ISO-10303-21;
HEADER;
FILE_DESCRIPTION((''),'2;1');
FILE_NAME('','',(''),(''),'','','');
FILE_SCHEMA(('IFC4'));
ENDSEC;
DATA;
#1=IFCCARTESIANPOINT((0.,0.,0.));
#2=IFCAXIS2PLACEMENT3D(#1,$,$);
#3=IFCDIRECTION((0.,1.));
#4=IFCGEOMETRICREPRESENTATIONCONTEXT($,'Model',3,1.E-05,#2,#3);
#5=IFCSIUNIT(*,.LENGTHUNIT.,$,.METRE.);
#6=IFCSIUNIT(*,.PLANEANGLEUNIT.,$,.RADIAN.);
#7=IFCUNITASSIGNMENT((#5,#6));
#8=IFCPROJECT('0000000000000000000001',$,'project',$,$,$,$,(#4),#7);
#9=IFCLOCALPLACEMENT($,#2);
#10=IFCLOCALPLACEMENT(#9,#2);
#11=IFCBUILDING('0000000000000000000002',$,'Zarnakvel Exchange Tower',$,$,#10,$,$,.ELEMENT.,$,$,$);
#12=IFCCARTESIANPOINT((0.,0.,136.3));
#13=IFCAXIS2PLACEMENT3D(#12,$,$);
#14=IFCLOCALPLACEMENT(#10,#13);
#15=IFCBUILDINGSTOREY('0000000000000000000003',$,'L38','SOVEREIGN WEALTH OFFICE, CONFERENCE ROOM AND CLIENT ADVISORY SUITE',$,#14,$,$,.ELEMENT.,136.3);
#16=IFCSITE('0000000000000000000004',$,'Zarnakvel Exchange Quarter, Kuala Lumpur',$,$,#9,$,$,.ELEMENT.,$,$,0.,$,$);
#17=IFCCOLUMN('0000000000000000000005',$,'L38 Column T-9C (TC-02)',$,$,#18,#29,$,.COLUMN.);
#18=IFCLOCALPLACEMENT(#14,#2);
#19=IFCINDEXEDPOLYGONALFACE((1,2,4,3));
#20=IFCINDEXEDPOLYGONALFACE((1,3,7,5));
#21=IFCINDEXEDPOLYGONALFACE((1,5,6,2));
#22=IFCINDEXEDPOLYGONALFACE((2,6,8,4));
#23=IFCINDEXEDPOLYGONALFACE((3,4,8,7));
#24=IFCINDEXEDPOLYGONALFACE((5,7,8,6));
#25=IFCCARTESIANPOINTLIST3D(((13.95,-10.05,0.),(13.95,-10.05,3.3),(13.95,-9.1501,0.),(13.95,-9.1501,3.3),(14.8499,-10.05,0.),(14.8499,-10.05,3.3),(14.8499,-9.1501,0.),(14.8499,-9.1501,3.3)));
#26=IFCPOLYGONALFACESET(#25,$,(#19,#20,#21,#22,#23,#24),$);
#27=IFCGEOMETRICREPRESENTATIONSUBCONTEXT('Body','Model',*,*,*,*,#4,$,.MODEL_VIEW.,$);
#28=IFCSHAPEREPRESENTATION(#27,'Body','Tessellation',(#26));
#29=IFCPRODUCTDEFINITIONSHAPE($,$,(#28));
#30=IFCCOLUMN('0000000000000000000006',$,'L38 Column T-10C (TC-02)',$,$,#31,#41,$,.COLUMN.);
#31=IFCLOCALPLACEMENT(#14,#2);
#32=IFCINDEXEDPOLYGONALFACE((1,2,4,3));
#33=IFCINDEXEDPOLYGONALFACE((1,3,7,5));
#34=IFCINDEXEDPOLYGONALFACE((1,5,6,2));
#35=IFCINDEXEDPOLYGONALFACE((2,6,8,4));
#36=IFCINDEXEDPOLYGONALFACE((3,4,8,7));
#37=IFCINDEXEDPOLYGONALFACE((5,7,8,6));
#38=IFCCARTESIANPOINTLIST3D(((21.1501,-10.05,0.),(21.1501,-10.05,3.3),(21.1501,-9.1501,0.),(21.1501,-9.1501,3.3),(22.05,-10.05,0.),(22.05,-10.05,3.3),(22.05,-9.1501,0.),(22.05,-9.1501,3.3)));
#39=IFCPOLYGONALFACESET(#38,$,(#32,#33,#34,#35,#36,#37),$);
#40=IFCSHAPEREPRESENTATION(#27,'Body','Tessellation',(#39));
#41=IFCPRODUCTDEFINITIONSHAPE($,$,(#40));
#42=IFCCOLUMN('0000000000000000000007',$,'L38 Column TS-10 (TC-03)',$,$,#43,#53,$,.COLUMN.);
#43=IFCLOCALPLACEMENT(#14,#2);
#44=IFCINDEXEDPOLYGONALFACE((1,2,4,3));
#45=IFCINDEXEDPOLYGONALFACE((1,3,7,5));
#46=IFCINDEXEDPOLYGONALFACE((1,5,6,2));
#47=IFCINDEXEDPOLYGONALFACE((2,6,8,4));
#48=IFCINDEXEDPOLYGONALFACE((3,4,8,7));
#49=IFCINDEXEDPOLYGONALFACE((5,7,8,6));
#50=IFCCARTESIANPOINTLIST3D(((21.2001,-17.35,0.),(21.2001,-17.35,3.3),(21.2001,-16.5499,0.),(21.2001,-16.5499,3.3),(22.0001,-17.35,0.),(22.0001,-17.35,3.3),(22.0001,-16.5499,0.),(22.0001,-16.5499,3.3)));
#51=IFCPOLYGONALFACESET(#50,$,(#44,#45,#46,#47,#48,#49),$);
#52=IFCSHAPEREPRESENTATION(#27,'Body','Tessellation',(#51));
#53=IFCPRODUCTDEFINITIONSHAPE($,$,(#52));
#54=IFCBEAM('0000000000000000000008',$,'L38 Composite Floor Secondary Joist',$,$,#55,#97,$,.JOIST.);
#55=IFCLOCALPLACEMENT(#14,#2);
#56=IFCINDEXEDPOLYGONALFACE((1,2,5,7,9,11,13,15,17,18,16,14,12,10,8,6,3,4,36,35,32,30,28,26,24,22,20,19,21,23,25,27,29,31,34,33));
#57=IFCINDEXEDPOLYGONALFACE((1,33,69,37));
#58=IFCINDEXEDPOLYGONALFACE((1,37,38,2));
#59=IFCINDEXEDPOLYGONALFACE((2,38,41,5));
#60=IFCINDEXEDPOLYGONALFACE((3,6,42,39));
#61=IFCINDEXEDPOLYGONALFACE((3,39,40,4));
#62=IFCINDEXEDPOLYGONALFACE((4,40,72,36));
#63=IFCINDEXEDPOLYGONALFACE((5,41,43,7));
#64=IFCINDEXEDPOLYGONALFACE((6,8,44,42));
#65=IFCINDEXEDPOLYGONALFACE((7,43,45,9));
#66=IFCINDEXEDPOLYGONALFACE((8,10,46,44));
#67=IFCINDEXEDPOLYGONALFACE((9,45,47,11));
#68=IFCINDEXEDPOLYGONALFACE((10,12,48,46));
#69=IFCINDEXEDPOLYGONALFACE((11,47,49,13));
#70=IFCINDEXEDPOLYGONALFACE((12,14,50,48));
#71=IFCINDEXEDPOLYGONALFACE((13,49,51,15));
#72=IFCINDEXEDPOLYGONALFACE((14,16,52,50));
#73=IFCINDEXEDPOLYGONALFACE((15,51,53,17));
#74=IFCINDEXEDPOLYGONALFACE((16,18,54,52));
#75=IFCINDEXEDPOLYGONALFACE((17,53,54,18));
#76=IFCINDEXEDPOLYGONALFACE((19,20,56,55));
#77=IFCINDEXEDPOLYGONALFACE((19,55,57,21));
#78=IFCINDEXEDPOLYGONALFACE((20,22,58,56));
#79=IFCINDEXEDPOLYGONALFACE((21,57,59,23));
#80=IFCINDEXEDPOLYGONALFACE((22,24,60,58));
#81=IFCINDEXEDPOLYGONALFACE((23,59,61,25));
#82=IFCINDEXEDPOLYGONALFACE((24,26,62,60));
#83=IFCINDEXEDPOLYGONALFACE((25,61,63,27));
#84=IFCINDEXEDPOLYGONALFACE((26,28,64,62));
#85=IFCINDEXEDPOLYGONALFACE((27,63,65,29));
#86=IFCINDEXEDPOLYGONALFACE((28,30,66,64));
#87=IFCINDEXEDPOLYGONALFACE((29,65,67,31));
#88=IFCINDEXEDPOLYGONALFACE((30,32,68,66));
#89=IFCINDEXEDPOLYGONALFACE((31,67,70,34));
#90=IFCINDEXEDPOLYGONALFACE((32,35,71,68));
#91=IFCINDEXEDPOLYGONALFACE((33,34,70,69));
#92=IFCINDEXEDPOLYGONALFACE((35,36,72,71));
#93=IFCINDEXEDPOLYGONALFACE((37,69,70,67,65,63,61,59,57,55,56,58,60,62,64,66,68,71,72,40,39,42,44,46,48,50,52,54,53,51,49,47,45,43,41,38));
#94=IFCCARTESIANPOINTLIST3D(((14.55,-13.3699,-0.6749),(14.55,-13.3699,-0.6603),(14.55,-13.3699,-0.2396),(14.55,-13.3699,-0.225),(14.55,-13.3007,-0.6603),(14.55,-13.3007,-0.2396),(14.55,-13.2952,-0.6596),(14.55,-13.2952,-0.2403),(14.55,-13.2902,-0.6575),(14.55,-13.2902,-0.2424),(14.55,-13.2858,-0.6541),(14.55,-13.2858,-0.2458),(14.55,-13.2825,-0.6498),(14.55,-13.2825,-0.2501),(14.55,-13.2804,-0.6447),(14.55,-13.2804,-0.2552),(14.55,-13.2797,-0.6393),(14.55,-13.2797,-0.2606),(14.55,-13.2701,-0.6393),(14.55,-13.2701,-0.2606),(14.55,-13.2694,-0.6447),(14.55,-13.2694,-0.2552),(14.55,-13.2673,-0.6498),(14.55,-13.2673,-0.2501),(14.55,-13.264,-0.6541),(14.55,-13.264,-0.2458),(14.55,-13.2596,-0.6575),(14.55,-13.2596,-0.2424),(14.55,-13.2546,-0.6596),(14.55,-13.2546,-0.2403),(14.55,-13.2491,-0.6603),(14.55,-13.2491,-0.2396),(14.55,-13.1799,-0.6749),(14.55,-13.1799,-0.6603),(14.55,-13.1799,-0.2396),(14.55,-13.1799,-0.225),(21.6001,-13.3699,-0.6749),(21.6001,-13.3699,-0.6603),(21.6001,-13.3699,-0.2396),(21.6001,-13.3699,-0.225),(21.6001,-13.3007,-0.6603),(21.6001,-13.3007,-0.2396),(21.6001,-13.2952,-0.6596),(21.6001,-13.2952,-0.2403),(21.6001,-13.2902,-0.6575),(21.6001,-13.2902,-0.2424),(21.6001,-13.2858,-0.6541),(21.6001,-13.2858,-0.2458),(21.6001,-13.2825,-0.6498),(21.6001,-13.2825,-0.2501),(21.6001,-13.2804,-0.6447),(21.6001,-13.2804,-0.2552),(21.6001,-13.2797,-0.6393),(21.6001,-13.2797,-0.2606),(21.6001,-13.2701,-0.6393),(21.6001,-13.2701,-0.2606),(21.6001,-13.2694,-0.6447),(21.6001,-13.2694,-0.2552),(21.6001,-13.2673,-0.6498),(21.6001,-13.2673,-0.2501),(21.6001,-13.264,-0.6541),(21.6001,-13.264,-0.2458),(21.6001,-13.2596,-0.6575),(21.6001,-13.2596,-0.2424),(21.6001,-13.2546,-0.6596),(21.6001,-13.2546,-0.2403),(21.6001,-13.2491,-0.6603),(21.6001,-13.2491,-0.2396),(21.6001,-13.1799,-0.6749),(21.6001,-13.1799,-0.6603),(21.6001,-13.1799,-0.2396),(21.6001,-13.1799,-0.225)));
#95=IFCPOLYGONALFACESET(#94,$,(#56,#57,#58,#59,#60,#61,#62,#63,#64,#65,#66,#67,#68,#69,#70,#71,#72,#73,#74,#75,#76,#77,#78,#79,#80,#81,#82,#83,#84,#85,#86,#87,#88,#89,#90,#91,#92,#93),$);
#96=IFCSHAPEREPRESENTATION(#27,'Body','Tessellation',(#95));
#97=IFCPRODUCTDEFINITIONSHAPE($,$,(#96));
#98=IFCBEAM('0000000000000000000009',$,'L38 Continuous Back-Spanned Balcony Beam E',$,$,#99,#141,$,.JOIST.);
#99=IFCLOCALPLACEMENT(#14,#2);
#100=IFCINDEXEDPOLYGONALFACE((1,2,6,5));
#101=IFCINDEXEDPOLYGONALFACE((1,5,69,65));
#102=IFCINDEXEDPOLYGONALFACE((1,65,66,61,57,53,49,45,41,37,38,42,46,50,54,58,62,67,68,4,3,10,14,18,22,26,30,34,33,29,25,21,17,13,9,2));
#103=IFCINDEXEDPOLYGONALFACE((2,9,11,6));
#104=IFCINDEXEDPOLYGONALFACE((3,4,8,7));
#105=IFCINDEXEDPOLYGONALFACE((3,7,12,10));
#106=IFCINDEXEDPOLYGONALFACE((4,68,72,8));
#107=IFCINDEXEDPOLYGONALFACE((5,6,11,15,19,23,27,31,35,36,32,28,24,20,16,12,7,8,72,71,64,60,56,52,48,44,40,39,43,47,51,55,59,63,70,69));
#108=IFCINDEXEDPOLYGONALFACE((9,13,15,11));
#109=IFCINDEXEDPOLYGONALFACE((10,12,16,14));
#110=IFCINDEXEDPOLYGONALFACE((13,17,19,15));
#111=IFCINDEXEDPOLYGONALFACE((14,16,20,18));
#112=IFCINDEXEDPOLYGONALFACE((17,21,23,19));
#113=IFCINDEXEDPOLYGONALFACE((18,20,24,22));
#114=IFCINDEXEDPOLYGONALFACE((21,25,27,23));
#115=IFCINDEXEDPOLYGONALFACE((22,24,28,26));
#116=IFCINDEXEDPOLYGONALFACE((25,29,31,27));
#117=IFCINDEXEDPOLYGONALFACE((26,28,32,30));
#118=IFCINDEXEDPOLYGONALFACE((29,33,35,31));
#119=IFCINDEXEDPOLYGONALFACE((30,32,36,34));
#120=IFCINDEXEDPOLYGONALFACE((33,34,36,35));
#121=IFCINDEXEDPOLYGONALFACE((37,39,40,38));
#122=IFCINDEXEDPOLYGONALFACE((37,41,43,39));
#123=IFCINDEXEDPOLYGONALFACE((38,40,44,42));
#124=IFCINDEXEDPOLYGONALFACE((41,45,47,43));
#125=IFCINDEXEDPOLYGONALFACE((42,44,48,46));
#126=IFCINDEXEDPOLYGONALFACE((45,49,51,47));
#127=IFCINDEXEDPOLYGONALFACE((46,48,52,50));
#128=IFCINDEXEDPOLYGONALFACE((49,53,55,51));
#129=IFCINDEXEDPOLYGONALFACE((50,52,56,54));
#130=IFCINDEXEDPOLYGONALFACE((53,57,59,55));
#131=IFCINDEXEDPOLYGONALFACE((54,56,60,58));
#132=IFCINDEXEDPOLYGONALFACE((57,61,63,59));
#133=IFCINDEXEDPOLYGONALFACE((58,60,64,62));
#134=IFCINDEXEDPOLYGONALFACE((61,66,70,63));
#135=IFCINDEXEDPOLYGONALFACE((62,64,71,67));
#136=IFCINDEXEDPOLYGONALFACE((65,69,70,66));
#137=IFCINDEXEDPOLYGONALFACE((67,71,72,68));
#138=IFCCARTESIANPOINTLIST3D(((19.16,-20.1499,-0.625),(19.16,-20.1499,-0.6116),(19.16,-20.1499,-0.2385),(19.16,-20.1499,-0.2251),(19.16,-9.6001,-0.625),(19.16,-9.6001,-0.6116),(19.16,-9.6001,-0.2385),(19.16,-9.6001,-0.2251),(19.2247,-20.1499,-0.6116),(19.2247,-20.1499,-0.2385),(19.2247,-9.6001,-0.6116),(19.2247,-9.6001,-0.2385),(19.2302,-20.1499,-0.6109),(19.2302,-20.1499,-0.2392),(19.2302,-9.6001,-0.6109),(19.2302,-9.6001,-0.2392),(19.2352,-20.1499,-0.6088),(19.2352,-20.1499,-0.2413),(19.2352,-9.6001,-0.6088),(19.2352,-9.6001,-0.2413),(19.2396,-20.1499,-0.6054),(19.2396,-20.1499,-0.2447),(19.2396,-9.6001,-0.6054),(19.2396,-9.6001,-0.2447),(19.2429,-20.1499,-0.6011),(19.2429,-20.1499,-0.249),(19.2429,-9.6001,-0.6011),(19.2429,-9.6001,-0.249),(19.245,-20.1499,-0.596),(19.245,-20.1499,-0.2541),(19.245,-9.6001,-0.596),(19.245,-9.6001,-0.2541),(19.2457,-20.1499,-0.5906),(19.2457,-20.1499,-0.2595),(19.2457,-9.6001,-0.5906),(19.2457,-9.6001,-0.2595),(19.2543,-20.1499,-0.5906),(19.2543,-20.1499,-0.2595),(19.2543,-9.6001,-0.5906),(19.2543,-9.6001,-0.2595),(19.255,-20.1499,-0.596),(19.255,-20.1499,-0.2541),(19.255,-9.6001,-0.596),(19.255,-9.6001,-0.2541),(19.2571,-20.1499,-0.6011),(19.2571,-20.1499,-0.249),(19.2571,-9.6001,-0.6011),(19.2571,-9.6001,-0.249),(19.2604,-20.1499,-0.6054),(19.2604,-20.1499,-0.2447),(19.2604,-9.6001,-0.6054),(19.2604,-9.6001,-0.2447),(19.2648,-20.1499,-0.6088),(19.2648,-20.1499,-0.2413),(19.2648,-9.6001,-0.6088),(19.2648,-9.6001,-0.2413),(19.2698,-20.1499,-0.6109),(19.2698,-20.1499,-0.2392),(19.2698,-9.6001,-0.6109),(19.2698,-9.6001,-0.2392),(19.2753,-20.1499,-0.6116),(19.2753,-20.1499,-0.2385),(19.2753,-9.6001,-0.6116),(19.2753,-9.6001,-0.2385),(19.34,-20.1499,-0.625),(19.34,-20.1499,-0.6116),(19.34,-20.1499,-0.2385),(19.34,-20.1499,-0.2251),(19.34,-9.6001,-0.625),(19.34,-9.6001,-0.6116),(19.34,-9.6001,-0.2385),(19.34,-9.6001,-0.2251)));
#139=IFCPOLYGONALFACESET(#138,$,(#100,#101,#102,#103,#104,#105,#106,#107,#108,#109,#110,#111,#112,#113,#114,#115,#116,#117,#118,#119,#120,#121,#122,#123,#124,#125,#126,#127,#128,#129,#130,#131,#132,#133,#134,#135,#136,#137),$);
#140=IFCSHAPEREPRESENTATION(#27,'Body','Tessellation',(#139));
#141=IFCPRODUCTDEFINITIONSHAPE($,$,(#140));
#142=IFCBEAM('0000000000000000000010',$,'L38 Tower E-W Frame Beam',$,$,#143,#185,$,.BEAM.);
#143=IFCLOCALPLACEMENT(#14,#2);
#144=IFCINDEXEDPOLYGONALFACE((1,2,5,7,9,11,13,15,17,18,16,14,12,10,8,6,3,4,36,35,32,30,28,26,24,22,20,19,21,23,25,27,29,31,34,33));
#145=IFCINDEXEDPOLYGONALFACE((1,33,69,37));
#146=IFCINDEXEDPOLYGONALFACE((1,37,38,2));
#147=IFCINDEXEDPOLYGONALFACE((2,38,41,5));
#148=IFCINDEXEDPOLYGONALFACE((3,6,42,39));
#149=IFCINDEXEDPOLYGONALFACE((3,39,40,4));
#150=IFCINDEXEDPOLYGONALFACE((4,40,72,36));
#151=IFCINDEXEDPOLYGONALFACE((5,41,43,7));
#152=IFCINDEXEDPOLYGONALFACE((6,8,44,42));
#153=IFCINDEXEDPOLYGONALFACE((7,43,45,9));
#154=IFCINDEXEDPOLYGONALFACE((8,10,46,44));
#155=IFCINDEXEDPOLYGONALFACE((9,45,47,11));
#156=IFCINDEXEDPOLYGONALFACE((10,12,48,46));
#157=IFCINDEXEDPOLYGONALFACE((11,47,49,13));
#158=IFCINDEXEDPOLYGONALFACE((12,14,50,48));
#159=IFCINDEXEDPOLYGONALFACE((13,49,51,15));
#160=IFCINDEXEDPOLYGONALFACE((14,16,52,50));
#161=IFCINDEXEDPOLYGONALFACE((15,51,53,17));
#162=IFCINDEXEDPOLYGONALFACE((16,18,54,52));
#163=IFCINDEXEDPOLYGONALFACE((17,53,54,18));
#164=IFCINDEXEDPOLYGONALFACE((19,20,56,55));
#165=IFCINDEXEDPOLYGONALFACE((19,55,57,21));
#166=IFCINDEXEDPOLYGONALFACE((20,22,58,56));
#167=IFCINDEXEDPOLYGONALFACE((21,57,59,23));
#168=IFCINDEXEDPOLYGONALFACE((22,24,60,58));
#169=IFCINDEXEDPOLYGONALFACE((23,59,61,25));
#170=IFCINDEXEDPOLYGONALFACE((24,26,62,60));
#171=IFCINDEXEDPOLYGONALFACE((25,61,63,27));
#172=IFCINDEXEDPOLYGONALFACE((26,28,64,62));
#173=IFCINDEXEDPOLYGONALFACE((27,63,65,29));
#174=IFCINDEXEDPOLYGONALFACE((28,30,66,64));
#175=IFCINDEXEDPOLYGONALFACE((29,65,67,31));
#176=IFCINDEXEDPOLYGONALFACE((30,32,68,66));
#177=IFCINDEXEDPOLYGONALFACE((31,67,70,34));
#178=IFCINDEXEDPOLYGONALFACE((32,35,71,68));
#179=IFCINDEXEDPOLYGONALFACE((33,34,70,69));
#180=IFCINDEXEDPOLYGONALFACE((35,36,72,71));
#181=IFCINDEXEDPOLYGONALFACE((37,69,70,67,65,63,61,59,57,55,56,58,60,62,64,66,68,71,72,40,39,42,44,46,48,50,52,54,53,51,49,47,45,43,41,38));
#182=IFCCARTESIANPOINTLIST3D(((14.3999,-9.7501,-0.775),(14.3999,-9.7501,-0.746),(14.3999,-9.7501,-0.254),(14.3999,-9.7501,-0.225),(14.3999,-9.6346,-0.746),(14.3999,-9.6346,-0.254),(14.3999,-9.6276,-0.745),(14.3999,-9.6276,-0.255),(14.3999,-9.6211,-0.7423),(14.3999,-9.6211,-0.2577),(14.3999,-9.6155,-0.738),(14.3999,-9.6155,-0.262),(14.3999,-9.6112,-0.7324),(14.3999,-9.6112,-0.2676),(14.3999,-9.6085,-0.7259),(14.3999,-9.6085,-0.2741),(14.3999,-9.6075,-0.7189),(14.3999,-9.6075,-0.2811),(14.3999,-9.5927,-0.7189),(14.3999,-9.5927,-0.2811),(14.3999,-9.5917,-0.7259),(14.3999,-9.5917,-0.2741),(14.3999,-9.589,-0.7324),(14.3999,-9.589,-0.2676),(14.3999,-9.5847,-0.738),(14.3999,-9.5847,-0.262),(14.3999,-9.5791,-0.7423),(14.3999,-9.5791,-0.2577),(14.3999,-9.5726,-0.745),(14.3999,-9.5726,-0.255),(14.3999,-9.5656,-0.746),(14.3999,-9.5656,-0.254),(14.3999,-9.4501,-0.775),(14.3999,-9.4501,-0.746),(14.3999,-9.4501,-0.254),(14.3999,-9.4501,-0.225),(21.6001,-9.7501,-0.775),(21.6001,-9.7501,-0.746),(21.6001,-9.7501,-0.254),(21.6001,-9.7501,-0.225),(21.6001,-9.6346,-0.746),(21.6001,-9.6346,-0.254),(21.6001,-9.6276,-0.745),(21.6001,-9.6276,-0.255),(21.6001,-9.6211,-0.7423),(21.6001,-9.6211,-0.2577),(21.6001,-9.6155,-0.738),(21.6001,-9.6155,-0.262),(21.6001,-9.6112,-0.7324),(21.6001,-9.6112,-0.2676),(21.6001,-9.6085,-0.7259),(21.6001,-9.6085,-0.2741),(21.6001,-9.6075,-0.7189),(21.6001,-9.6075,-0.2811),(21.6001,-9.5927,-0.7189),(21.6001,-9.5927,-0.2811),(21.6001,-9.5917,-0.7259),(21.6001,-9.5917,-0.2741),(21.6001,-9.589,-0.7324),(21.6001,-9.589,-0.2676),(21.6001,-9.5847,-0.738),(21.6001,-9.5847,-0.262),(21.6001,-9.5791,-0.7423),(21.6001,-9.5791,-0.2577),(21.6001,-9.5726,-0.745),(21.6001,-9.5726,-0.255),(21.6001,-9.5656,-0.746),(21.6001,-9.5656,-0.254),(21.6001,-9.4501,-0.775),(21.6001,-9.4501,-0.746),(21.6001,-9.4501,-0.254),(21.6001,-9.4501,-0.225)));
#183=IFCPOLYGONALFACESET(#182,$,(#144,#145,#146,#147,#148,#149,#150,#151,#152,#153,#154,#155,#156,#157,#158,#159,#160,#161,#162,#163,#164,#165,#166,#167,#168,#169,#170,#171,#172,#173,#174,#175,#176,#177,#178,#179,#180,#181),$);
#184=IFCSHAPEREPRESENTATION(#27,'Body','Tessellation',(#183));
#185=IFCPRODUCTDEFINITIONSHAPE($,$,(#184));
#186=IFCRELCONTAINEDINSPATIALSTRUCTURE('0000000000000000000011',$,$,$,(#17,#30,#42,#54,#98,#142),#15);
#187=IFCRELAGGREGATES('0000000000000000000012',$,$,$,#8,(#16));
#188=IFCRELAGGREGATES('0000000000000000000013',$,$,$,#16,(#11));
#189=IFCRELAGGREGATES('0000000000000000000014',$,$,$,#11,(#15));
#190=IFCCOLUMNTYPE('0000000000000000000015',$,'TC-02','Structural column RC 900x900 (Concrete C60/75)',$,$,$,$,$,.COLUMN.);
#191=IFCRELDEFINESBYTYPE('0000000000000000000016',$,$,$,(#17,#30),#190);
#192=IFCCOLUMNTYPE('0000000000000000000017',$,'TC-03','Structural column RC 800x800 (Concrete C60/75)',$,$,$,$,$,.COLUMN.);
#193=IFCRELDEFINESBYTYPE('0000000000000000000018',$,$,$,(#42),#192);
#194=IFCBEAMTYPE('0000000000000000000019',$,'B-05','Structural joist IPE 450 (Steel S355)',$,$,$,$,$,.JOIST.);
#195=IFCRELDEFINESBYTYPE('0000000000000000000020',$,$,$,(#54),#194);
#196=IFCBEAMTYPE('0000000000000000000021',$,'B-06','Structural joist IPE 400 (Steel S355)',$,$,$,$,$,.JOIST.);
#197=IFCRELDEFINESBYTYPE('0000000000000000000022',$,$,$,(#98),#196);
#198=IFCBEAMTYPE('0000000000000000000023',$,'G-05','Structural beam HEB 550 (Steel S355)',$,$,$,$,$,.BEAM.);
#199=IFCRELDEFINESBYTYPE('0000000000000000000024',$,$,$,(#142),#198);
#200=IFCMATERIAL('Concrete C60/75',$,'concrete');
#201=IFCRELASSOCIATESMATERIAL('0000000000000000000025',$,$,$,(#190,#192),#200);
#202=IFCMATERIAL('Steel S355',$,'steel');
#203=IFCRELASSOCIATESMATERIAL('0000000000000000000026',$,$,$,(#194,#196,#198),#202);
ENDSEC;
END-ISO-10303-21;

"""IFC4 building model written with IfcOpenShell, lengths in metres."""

from ifc_helpers import new_model, si_unit, direction, frame, origin, origin_2d, place, context, subcontext, project, spatial, rectangle, i_section, extrude, material, material_profile, profile_set, type_object, element, save


model = new_model("IFC4")

# Units and contexts
model_context = context("Model", 3, precision=1e-05, world=origin(), true_north=direction((0.0, 1.0)))
body_context = subcontext(model_context, "Body", "Model", "MODEL_VIEW")
ifc_project = project(units=[si_unit("LENGTHUNIT", "METRE"), si_unit("PLANEANGLEUNIT", "RADIAN")], contexts=[model_context])

# Site, building, storey
site_placement = place(None, origin())
site = spatial("IfcSite", under=ifc_project, at=site_placement, Name="Zarnakvel Exchange Quarter, Kuala Lumpur", CompositionType="ELEMENT", RefElevation=0.0)
building_placement = place(site_placement, origin())
building = spatial("IfcBuilding", under=site, at=building_placement, Name="Zarnakvel Exchange Tower", CompositionType="ELEMENT")
storey_placement = place(building_placement, frame((0.0, 0.0, 136.3)))
storey = spatial("IfcBuildingStorey", under=building, at=storey_placement, Name="L38", Description="SOVEREIGN WEALTH OFFICE, CONFERENCE ROOM AND CLIENT ADVISORY SUITE", CompositionType="ELEMENT", Elevation=136.3)

# Columns
ifc_material_1 = material(Name="Concrete C60/75", Category="concrete")
ifc_material_profile_1 = material_profile(ifc_material_1, rectangle(XDim=0.8999, YDim=0.8999, at=origin_2d()))
ifc_profile_set_1 = profile_set([ifc_material_profile_1], Name="Concrete C60/75")
column_type_1 = type_object("IfcColumnType", Name="TC-02", Description="Structural column RC 900x900 (Concrete C60/75)", PredefinedType="COLUMN", material=ifc_profile_set_1)
for number, where, z_axis, x_axis, name in (
    (1, (14.3999, -9.6001, 0.0), (0.0, 0.0, 1.0), (1.0, 0.0, 0.0), "L38 Column T-9C (TC-02)"),
    (2, (21.6001, -9.6001, 0.0), (0.0, 0.0, 1.0), (1.0, 0.0, 0.0), "L38 Column T-10C (TC-02)"),
):
    element("IfcColumn", number, at=place(storey_placement, frame(where, z_axis=z_axis, x_axis=x_axis)), inside=storey, type_object=column_type_1, Name=name, PredefinedType="COLUMN", context=body_context, shape_type="SweptSolid", body=[
        extrude(rectangle(XDim=0.8999, YDim=0.8999, at=origin_2d()), origin(), (0.0, 0.0, 1.0), 3.3),
    ])
ifc_material_profile_2 = material_profile(ifc_material_1, rectangle(XDim=0.8, YDim=0.8, at=origin_2d()))
ifc_profile_set_2 = profile_set([ifc_material_profile_2], Name="Concrete C60/75")
column_type_2 = type_object("IfcColumnType", Name="TC-03", Description="Structural column RC 800x800 (Concrete C60/75)", PredefinedType="COLUMN", material=ifc_profile_set_2)
column_placement = place(storey_placement, frame((21.6001, -16.95, 0.0), z_axis=(0.0, 0.0, 1.0), x_axis=(1.0, 0.0, 0.0)))
element("IfcColumn", 3, at=column_placement, inside=storey, type_object=column_type_2, Name="L38 Column TS-10 (TC-03)", PredefinedType="COLUMN", context=body_context, shape_type="SweptSolid", body=[
    extrude(rectangle(XDim=0.8, YDim=0.8, at=origin_2d()), origin(), (0.0, 0.0, 1.0), 3.3),
])

# Beams
ifc_material_2 = material(Name="Steel S355", Category="steel")
ifc_material_profile_3 = material_profile(ifc_material_2, i_section(OverallWidth=0.1899, OverallDepth=0.45, WebThickness=0.0095, FlangeThickness=0.0146, FilletRadius=0.021, at=origin_2d()))
ifc_profile_set_3 = profile_set([ifc_material_profile_3], Name="Steel S355")
beam_type_1 = type_object("IfcBeamType", Name="B-05", Description="Structural joist IPE 450 (Steel S355)", PredefinedType="JOIST", material=ifc_profile_set_3)
beam_1_placement = place(storey_placement, frame((14.55, -13.2749, -0.45), z_axis=(1.0, 0.0, 0.0), x_axis=(0.0, 1.0, 0.0)))
element("IfcBeam", 4, at=beam_1_placement, inside=storey, type_object=beam_type_1, Name="L38 Composite Floor Secondary Joist", PredefinedType="JOIST", context=body_context, shape_type="SweptSolid", body=[
    extrude(i_section(OverallWidth=0.1899, OverallDepth=0.45, WebThickness=0.0095, FlangeThickness=0.0146, FilletRadius=0.021, at=origin_2d()), origin(), (0.0, 0.0, 1.0), 7.05),
])
ifc_material_profile_4 = material_profile(ifc_material_2, i_section(OverallWidth=0.1799, OverallDepth=0.3999, WebThickness=0.0085, FlangeThickness=0.0134, FilletRadius=0.021, at=origin_2d()))
ifc_profile_set_4 = profile_set([ifc_material_profile_4], Name="Steel S355")
beam_type_2 = type_object("IfcBeamType", Name="B-06", Description="Structural joist IPE 400 (Steel S355)", PredefinedType="JOIST", material=ifc_profile_set_4)
beam_2_placement = place(storey_placement, frame((19.25, -9.6001, -0.425), z_axis=(0.0, -1.0, 0.0), x_axis=(1.0, 0.0, 0.0)))
element("IfcBeam", 5, at=beam_2_placement, inside=storey, type_object=beam_type_2, Name="L38 Continuous Back-Spanned Balcony Beam E", PredefinedType="JOIST", context=body_context, shape_type="SweptSolid", body=[
    extrude(i_section(OverallWidth=0.1799, OverallDepth=0.3999, WebThickness=0.0085, FlangeThickness=0.0134, FilletRadius=0.021, at=origin_2d()), origin(), (0.0, 0.0, 1.0), 10.5498),
])
ifc_material_profile_5 = material_profile(ifc_material_2, i_section(OverallWidth=0.3, OverallDepth=0.55, WebThickness=0.0149, FlangeThickness=0.0291, FilletRadius=0.0271, at=origin_2d()))
ifc_profile_set_5 = profile_set([ifc_material_profile_5], Name="Steel S355")
beam_type_3 = type_object("IfcBeamType", Name="G-05", Description="Structural beam HEB 550 (Steel S355)", PredefinedType="BEAM", material=ifc_profile_set_5)
beam_3_placement = place(storey_placement, frame((14.3999, -9.6001, -0.5), z_axis=(1.0, 0.0, 0.0), x_axis=(0.0, 1.0, 0.0)))
element("IfcBeam", 6, at=beam_3_placement, inside=storey, type_object=beam_type_3, Name="L38 Tower E-W Frame Beam", PredefinedType="BEAM", context=body_context, shape_type="SweptSolid", body=[
    extrude(i_section(OverallWidth=0.3, OverallDepth=0.55, WebThickness=0.0149, FlangeThickness=0.0291, FilletRadius=0.0271, at=origin_2d()), origin(), (0.0, 0.0, 1.0), 7.2002),
])

save(model, "model.ifc")
